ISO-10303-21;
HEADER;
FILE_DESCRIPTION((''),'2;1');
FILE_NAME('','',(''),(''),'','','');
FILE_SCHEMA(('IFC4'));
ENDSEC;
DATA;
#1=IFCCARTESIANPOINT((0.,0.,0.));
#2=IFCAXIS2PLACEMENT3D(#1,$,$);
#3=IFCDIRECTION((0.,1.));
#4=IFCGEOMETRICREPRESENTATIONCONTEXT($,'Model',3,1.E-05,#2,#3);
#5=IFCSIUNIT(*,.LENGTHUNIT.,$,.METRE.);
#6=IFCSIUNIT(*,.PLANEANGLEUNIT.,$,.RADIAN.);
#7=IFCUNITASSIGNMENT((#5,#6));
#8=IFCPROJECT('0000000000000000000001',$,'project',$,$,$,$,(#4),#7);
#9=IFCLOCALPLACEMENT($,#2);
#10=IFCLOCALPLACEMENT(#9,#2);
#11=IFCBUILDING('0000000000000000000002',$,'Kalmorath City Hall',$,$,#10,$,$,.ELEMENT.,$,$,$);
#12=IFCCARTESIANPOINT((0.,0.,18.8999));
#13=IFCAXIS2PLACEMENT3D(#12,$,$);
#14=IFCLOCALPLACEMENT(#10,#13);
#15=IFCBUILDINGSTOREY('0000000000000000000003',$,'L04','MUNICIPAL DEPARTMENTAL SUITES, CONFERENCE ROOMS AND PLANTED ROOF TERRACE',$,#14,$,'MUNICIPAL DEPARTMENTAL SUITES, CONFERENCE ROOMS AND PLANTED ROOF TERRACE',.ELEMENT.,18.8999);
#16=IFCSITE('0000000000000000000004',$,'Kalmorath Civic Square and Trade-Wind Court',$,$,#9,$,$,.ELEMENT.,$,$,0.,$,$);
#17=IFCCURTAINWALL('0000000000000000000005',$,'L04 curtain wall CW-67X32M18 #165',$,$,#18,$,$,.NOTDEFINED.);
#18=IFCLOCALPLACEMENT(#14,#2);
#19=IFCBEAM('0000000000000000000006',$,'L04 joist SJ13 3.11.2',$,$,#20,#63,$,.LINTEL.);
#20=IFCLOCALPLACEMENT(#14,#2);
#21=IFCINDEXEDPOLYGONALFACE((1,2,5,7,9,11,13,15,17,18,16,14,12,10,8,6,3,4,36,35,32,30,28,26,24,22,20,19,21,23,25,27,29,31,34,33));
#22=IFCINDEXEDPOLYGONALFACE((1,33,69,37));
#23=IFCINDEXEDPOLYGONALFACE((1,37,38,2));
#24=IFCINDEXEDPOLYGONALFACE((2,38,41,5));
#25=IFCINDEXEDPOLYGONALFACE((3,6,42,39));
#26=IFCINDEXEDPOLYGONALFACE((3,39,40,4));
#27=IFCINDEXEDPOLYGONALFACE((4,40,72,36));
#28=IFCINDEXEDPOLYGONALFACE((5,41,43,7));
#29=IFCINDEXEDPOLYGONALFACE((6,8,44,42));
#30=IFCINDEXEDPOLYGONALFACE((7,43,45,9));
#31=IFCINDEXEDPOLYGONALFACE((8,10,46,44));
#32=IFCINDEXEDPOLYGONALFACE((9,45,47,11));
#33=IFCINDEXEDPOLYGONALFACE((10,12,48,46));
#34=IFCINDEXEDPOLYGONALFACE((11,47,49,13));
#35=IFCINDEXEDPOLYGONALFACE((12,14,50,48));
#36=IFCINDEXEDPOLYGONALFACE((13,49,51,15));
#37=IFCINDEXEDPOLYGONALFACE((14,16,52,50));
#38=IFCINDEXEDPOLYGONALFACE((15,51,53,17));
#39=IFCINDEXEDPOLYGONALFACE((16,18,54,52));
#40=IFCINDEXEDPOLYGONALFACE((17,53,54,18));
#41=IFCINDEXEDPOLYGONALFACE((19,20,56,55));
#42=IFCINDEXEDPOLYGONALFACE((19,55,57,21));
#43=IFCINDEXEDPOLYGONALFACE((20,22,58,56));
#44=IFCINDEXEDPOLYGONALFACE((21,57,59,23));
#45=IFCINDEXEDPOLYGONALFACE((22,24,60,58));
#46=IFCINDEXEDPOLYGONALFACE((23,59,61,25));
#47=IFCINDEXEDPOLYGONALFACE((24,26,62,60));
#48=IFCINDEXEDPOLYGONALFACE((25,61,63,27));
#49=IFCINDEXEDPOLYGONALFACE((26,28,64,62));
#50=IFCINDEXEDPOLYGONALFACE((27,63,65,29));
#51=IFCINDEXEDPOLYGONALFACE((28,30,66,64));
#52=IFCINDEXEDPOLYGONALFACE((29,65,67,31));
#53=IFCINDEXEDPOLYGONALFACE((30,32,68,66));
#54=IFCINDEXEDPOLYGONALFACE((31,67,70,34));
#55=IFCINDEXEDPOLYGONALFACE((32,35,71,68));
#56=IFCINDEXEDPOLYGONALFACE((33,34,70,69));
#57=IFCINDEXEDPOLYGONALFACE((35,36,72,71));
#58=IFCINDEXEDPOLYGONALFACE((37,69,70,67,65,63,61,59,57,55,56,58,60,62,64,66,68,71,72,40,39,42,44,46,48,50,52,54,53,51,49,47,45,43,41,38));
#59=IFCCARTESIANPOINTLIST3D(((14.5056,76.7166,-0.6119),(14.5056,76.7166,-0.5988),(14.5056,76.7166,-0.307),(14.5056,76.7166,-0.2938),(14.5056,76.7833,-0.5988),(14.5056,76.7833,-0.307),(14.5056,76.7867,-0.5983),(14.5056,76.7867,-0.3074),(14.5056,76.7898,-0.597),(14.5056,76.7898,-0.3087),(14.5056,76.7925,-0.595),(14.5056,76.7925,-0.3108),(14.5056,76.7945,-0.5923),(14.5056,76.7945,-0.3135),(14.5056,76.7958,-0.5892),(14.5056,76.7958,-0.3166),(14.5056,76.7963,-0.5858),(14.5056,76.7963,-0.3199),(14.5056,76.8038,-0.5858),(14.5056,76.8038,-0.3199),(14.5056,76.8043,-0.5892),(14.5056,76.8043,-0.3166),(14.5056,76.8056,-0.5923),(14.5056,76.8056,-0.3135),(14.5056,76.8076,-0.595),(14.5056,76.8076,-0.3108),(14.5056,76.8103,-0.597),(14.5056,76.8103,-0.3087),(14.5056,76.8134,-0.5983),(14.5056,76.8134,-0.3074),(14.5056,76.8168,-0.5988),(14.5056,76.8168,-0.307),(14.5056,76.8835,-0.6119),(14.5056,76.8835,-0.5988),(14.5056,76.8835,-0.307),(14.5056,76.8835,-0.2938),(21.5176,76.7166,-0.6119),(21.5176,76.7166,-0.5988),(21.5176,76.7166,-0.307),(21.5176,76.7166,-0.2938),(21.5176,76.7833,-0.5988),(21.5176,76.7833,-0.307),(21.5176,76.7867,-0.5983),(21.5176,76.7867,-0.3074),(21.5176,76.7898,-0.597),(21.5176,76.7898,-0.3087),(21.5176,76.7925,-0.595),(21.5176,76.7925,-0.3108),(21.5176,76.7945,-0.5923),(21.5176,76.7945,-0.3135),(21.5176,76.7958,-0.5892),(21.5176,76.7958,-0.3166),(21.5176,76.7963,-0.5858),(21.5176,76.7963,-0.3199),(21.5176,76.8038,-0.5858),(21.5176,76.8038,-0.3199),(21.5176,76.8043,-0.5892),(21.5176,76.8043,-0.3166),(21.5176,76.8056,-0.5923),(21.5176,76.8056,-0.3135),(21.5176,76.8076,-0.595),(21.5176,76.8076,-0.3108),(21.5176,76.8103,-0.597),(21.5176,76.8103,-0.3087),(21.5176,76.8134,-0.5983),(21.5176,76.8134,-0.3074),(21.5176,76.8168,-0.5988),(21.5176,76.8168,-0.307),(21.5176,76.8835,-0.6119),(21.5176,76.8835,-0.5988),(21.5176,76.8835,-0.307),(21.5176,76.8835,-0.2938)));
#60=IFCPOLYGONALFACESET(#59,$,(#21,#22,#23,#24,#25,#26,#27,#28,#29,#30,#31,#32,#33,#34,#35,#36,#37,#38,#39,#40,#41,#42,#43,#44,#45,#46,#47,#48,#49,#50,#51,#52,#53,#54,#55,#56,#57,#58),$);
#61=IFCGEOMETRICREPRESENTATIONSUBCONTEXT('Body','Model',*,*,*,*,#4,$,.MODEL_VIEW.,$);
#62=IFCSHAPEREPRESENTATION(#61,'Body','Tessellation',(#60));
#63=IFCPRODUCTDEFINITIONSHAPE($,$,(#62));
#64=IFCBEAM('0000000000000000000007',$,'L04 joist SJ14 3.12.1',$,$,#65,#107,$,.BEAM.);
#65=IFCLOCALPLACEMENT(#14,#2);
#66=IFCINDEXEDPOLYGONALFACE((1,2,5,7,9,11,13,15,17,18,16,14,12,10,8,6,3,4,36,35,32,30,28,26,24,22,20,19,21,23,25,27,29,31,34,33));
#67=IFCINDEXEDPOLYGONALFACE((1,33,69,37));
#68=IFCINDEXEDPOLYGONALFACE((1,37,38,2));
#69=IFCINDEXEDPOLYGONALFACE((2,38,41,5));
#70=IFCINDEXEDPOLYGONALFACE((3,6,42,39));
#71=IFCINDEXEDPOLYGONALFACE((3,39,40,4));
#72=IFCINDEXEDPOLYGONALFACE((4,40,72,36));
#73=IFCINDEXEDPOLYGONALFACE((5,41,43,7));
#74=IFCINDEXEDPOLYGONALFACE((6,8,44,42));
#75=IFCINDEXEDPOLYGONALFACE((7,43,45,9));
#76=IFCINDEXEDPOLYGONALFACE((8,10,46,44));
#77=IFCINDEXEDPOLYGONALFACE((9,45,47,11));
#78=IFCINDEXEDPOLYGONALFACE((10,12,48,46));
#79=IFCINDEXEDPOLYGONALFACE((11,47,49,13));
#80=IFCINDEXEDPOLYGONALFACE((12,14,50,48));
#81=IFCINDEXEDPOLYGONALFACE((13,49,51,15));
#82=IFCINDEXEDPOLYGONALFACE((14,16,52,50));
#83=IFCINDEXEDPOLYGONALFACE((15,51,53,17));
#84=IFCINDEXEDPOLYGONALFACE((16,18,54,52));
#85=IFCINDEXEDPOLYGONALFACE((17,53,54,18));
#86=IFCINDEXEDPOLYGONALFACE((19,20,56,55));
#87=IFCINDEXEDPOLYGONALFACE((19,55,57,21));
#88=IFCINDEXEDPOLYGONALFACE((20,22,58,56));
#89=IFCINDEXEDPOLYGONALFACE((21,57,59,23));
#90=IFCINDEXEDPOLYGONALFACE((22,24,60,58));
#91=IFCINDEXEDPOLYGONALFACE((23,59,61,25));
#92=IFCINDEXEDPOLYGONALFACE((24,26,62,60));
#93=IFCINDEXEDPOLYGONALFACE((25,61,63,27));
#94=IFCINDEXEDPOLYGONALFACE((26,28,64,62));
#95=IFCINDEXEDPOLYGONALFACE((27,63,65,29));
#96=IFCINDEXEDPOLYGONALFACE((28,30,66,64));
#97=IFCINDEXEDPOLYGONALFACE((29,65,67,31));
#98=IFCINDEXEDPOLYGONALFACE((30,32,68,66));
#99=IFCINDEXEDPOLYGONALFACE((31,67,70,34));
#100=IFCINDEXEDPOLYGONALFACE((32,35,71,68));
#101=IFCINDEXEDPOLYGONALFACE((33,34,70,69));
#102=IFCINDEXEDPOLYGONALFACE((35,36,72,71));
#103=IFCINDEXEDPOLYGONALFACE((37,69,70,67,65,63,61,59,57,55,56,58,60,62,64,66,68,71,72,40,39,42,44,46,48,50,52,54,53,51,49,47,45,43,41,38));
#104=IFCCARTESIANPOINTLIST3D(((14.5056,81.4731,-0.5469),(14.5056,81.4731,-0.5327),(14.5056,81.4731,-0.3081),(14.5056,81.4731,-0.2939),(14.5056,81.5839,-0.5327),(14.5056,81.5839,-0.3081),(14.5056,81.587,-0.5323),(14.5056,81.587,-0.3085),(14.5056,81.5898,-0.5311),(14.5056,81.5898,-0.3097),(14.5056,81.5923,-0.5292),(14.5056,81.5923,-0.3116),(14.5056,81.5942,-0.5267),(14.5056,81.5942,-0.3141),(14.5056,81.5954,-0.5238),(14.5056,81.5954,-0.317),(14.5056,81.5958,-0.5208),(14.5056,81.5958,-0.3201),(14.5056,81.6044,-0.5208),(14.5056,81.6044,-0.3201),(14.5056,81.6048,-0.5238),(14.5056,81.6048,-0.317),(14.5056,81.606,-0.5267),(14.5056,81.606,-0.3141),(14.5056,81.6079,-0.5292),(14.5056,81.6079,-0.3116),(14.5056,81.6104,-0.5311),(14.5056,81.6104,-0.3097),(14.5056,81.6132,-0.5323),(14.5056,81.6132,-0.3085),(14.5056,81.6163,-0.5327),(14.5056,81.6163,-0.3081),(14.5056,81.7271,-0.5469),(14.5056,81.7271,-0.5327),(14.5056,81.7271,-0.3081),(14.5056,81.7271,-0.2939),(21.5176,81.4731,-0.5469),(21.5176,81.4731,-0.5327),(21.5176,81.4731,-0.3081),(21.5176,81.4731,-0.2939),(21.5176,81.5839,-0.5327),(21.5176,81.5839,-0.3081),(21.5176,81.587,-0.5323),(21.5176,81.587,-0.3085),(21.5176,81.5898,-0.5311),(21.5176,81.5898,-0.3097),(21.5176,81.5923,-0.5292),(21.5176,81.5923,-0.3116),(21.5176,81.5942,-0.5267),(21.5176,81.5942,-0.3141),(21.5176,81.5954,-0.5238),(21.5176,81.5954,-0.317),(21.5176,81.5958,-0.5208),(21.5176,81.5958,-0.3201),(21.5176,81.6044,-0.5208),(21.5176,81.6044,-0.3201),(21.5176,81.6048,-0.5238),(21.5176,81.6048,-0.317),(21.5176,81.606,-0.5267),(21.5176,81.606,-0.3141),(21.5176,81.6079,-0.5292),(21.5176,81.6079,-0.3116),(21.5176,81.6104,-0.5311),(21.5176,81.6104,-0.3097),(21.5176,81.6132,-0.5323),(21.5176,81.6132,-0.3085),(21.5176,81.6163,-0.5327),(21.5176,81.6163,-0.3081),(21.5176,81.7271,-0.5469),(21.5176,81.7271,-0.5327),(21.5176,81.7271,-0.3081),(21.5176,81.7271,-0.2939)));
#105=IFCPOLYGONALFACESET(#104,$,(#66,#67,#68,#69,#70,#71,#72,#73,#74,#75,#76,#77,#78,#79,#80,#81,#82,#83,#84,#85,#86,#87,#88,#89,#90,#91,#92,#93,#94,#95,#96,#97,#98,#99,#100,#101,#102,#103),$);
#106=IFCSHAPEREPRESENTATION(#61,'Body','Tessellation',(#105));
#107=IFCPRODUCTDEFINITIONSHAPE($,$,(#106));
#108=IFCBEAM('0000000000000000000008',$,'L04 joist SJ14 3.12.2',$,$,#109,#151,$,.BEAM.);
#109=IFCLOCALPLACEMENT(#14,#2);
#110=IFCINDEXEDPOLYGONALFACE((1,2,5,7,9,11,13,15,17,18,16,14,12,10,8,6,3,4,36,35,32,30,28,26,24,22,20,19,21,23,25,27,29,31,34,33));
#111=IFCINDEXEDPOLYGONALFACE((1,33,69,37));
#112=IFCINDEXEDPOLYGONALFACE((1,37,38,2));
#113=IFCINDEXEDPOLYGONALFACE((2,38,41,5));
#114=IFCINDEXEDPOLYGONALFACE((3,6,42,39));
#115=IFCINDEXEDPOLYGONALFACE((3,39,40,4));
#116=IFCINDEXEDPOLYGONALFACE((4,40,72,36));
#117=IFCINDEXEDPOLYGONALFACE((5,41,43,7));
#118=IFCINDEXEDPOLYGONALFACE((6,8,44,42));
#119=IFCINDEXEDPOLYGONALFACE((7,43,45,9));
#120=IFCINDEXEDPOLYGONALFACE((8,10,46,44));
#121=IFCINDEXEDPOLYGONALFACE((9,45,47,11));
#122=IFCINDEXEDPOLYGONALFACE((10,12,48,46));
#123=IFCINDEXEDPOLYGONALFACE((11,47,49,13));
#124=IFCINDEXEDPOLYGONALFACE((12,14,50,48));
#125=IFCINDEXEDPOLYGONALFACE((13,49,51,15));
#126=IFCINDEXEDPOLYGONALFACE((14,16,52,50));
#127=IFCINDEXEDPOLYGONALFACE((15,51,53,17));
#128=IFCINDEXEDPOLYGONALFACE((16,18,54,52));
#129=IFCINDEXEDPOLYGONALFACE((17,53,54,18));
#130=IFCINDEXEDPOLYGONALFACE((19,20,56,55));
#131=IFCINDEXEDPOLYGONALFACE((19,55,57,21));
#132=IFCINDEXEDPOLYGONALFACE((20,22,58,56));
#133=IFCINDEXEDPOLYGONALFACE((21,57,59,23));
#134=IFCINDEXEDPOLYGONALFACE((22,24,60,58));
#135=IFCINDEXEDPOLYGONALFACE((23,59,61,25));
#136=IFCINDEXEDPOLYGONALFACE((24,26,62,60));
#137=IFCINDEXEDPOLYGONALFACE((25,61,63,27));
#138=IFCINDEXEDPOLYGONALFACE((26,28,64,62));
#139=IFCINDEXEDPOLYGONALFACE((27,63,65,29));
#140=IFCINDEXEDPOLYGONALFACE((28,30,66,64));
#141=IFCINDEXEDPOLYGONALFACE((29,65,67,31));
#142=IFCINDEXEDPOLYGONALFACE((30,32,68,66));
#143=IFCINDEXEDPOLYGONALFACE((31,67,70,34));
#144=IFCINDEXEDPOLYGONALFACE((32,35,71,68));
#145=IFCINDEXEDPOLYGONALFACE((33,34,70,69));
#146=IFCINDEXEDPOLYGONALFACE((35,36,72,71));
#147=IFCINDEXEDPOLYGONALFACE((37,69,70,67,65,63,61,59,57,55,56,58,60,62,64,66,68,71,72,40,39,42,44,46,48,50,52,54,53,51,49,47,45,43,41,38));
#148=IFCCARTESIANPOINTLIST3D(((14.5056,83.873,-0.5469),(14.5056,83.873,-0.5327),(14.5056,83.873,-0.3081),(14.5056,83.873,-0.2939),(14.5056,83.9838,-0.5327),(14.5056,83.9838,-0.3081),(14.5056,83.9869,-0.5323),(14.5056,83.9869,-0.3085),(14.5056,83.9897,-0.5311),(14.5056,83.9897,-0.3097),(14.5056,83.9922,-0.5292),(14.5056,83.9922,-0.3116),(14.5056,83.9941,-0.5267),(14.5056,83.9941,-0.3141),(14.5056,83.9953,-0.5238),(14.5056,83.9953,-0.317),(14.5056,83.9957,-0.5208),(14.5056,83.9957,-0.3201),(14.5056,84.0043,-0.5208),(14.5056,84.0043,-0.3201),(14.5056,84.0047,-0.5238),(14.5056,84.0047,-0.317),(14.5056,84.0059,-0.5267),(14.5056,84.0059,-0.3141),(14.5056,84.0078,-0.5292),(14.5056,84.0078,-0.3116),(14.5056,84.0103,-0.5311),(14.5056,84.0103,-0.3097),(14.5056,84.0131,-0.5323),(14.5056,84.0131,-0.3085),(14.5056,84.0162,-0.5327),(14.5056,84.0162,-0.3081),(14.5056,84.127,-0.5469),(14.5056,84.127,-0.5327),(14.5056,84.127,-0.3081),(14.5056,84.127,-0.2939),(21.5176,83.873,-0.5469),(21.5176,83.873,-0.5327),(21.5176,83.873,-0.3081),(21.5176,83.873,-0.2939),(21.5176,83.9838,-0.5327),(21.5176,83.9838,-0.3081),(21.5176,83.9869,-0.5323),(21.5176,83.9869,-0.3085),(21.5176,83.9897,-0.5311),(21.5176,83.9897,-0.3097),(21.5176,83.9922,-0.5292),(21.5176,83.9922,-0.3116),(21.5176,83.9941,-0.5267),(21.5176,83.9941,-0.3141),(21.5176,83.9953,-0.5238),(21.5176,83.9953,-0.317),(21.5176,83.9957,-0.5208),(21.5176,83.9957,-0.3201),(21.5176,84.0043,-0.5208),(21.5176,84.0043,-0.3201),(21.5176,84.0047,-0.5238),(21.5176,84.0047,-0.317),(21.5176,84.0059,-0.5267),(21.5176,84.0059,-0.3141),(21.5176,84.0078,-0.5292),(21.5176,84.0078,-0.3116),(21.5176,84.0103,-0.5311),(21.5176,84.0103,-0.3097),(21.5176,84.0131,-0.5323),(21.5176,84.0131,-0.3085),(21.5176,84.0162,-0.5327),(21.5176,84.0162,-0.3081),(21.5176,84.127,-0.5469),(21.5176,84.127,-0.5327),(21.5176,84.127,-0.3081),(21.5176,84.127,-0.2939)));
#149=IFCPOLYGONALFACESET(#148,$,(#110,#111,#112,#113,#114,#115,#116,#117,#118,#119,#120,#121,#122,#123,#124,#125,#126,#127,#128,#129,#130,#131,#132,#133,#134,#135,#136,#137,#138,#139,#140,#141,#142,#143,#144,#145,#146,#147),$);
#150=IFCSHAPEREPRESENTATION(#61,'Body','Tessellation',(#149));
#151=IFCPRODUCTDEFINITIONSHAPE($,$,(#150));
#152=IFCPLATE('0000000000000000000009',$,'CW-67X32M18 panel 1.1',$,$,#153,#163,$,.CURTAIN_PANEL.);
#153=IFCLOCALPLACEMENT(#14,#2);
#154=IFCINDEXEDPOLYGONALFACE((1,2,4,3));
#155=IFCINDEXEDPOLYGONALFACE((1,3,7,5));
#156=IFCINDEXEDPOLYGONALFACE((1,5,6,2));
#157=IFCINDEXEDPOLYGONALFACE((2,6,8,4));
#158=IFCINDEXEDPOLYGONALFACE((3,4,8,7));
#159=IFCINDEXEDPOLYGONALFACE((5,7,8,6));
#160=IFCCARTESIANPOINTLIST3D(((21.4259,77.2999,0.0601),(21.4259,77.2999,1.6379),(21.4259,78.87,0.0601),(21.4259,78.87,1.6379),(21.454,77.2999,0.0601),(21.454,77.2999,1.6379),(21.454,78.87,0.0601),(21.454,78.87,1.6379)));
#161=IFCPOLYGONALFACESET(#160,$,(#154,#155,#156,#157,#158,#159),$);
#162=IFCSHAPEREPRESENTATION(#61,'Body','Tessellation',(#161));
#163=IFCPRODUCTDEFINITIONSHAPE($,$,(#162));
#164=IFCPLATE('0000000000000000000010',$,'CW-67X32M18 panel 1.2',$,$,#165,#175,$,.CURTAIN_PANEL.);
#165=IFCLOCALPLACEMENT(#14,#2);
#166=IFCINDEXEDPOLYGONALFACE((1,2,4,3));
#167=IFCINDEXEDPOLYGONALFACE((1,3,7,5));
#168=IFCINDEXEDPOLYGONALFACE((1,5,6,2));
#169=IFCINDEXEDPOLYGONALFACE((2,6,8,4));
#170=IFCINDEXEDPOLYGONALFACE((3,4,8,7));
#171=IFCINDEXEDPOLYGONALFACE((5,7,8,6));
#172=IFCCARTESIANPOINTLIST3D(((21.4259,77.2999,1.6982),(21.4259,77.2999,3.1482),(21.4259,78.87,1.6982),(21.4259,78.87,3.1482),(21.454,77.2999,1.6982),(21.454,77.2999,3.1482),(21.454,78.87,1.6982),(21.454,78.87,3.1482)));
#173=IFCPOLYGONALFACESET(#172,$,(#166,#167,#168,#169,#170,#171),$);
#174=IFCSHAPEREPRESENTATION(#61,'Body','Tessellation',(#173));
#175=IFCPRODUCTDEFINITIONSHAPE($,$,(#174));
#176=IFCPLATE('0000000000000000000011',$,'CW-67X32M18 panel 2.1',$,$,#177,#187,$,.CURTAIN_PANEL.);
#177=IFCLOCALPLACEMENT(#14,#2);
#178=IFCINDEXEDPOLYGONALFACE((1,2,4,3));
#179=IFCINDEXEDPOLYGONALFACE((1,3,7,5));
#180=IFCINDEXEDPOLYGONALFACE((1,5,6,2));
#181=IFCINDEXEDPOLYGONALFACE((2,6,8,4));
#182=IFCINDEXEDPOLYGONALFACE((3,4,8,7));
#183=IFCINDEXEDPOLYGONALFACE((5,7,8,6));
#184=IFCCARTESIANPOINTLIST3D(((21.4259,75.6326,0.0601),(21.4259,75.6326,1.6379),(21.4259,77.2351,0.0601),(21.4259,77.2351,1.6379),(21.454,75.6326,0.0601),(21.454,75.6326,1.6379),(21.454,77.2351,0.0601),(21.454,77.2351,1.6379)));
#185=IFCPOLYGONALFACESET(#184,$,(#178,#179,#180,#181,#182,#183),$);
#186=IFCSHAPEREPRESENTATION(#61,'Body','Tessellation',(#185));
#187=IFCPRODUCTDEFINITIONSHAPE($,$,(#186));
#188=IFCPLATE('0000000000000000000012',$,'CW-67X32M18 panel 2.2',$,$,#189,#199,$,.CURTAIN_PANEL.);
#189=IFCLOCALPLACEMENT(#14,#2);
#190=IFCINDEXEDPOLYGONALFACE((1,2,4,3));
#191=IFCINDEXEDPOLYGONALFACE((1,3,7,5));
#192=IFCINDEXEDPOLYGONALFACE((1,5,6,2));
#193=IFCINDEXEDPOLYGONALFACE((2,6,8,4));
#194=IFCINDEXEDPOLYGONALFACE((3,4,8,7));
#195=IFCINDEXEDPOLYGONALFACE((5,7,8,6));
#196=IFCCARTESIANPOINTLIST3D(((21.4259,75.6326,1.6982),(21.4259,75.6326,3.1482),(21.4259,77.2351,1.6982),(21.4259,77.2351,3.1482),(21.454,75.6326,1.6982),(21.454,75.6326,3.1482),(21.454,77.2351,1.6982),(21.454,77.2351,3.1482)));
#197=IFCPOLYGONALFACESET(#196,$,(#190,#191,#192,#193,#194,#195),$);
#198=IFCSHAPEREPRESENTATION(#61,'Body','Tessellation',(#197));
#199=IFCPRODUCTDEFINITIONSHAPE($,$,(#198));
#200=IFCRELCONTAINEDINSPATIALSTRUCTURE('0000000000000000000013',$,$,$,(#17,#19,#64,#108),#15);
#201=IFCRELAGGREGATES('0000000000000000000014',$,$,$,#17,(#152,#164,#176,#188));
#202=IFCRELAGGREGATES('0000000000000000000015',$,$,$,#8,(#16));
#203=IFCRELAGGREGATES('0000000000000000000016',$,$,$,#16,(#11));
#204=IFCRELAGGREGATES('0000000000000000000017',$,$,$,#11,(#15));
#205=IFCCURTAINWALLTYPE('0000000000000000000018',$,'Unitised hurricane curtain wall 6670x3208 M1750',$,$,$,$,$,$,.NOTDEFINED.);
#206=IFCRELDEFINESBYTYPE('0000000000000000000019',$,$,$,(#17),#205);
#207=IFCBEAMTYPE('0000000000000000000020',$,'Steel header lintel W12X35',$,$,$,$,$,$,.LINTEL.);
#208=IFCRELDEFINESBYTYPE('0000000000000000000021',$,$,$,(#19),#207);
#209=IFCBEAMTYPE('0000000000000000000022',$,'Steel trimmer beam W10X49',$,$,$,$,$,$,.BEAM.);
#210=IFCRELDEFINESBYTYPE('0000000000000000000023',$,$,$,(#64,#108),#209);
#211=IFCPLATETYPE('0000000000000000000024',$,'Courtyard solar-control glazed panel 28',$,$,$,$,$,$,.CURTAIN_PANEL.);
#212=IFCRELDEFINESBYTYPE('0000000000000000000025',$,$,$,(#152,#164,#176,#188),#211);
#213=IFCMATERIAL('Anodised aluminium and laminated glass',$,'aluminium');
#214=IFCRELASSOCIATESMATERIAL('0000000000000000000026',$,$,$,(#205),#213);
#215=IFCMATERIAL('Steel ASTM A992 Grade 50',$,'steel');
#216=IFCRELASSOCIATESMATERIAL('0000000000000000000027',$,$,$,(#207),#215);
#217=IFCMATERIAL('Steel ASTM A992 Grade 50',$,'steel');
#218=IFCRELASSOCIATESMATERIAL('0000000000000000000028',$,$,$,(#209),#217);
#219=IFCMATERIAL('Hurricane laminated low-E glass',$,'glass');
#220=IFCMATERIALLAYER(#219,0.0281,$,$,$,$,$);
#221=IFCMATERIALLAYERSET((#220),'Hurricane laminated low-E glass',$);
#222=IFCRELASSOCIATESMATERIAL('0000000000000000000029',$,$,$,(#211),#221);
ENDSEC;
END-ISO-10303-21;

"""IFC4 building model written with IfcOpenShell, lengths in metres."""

from ifc_helpers import new_model, si_unit, direction, frame, origin, origin_2d, place, context, subcontext, project, spatial, rectangle, i_section, extrude, material, layer, layer_set, material_profile, profile_set, type_object, element, aggregate, save


model = new_model("IFC4")

# Units and contexts
model_context = context("Model", 3, precision=1e-05, world=origin(), true_north=direction((0.0, 1.0)))
body_context = subcontext(model_context, "Body", "Model", "MODEL_VIEW")
ifc_project = project(units=[si_unit("LENGTHUNIT", "METRE"), si_unit("PLANEANGLEUNIT", "RADIAN")], contexts=[model_context])

# Site, building, storey
site_placement = place(None, origin())
site = spatial("IfcSite", under=ifc_project, at=site_placement, Name="Kalmorath Civic Square and Trade-Wind Court", CompositionType="ELEMENT", RefElevation=0.0)
building_placement = place(site_placement, origin())
building = spatial("IfcBuilding", under=site, at=building_placement, Name="Kalmorath City Hall", CompositionType="ELEMENT")
storey_placement = place(building_placement, frame((0.0, 0.0, 18.8999)))
storey = spatial("IfcBuildingStorey", under=building, at=storey_placement, Name="L04", Description="MUNICIPAL DEPARTMENTAL SUITES, CONFERENCE ROOMS AND PLANTED ROOF TERRACE", LongName="MUNICIPAL DEPARTMENTAL SUITES, CONFERENCE ROOMS AND PLANTED ROOF TERRACE", CompositionType="ELEMENT", Elevation=18.8999)

# Curtain wall
ifc_material_1 = material(Name="Anodised aluminium and laminated glass", Category="aluminium")
curtain_wall_type = type_object("IfcCurtainWallType", Name="Unitised hurricane curtain wall 6670x3208 M1750", PredefinedType="NOTDEFINED", material=ifc_material_1)
curtain_wall_placement = place(storey_placement, origin())
curtain_wall = element("IfcCurtainWall", 1, at=curtain_wall_placement, inside=storey, type_object=curtain_wall_type, Name="L04 curtain wall CW-67X32M18 #165", PredefinedType="NOTDEFINED")

# Beams
ifc_material_2 = material(Name="Steel ASTM A992 Grade 50", Category="steel")
ifc_material_profile_1 = material_profile(ifc_material_2, i_section(OverallWidth=0.167, OverallDepth=0.3181, WebThickness=0.0076, FlangeThickness=0.0132, FilletRadius=0.0129, at=origin_2d()), Name="W12X35")
ifc_profile_set_1 = profile_set([ifc_material_profile_1], Name="Steel ASTM A992 Grade 50")
beam_type_1 = type_object("IfcBeamType", Name="Steel header lintel W12X35", PredefinedType="LINTEL", material=ifc_profile_set_1)
beam_1_placement = place(storey_placement, frame((14.5056, 76.8, -0.4529), z_axis=(1.0, 0.0, 0.0), x_axis=(0.0, 1.0, 0.0)))
element("IfcBeam", 2, at=beam_1_placement, inside=storey, type_object=beam_type_1, Name="L04 joist SJ13 3.11.2", PredefinedType="LINTEL", context=body_context, shape_type="SweptSolid", body=[
    extrude(i_section(OverallWidth=0.167, OverallDepth=0.3181, WebThickness=0.0076, FlangeThickness=0.0132, FilletRadius=0.0129, at=origin_2d()), origin(), (0.0, 0.0, 1.0), 7.012),
])
ifc_material_3 = material(Name="Steel ASTM A992 Grade 50", Category="steel")
ifc_material_profile_2 = material_profile(ifc_material_3, i_section(OverallWidth=0.2539, OverallDepth=0.2529, WebThickness=0.0085, FlangeThickness=0.0142, FilletRadius=0.012, at=origin_2d()), Name="W10X49")
ifc_profile_set_2 = profile_set([ifc_material_profile_2], Name="Steel ASTM A992 Grade 50")
beam_type_2 = type_object("IfcBeamType", Name="Steel trimmer beam W10X49", PredefinedType="BEAM", material=ifc_profile_set_2)
for number, where, z_axis, x_axis, name in (
    (3, (14.5056, 81.6001, -0.4204), (1.0, 0.0, 0.0), (0.0, 1.0, 0.0), "L04 joist SJ14 3.12.1"),
    (4, (14.5056, 84.0, -0.4204), (1.0, 0.0, 0.0), (0.0, 1.0, 0.0), "L04 joist SJ14 3.12.2"),
):
    element("IfcBeam", number, at=place(storey_placement, frame(where, z_axis=z_axis, x_axis=x_axis)), inside=storey, type_object=beam_type_2, Name=name, PredefinedType="BEAM", context=body_context, shape_type="SweptSolid", body=[
        extrude(i_section(OverallWidth=0.2539, OverallDepth=0.2529, WebThickness=0.0085, FlangeThickness=0.0142, FilletRadius=0.012, at=origin_2d()), origin(), (0.0, 0.0, 1.0), 7.012),
    ])

# Plates
ifc_material_4 = material(Name="Hurricane laminated low-E glass", Category="glass")
ifc_layer_1 = layer(ifc_material_4, 0.0281)
ifc_layer_set_1 = layer_set([ifc_layer_1], Name="Hurricane laminated low-E glass")
plate_type = type_object("IfcPlateType", Name="Courtyard solar-control glazed panel 28", PredefinedType="CURTAIN_PANEL", material=ifc_layer_set_1)
plate_1_placement = place(storey_placement, frame((21.4399, 78.085, 0.0601), z_axis=(0.0, 0.0, 1.0), x_axis=(0.0, -1.0, 0.0)))
plate_1 = element("IfcPlate", 5, at=plate_1_placement, type_object=plate_type, Name="CW-67X32M18 panel 1.1", PredefinedType="CURTAIN_PANEL", context=body_context, shape_type="SweptSolid", body=[
    extrude(rectangle(XDim=1.5701, YDim=0.0281, at=origin_2d()), origin(), (0.0, 0.0, 1.0), 1.5779),
])
plate_2_placement = place(storey_placement, frame((21.4399, 78.085, 1.6982), z_axis=(0.0, 0.0, 1.0), x_axis=(0.0, -1.0, 0.0)))
plate_2 = element("IfcPlate", 6, at=plate_2_placement, type_object=plate_type, Name="CW-67X32M18 panel 1.2", PredefinedType="CURTAIN_PANEL", context=body_context, shape_type="SweptSolid", body=[
    extrude(rectangle(XDim=1.5701, YDim=0.0281, at=origin_2d()), origin(), (0.0, 0.0, 1.0), 1.45),
])
plate_3_placement = place(storey_placement, frame((21.4399, 76.4338, 0.0601), z_axis=(0.0, 0.0, 1.0), x_axis=(0.0, -1.0, 0.0)))
plate_3 = element("IfcPlate", 7, at=plate_3_placement, type_object=plate_type, Name="CW-67X32M18 panel 2.1", PredefinedType="CURTAIN_PANEL", context=body_context, shape_type="SweptSolid", body=[
    extrude(rectangle(XDim=1.6025, YDim=0.0281, at=origin_2d()), origin(), (0.0, 0.0, 1.0), 1.5779),
])
plate_4_placement = place(storey_placement, frame((21.4399, 76.4338, 1.6982), z_axis=(0.0, 0.0, 1.0), x_axis=(0.0, -1.0, 0.0)))
plate_4 = element("IfcPlate", 8, at=plate_4_placement, type_object=plate_type, Name="CW-67X32M18 panel 2.2", PredefinedType="CURTAIN_PANEL", context=body_context, shape_type="SweptSolid", body=[
    extrude(rectangle(XDim=1.6025, YDim=0.0281, at=origin_2d()), origin(), (0.0, 0.0, 1.0), 1.45),
])
aggregate(curtain_wall, [plate_1, plate_2, plate_3, plate_4])

save(model, "model.ifc")
